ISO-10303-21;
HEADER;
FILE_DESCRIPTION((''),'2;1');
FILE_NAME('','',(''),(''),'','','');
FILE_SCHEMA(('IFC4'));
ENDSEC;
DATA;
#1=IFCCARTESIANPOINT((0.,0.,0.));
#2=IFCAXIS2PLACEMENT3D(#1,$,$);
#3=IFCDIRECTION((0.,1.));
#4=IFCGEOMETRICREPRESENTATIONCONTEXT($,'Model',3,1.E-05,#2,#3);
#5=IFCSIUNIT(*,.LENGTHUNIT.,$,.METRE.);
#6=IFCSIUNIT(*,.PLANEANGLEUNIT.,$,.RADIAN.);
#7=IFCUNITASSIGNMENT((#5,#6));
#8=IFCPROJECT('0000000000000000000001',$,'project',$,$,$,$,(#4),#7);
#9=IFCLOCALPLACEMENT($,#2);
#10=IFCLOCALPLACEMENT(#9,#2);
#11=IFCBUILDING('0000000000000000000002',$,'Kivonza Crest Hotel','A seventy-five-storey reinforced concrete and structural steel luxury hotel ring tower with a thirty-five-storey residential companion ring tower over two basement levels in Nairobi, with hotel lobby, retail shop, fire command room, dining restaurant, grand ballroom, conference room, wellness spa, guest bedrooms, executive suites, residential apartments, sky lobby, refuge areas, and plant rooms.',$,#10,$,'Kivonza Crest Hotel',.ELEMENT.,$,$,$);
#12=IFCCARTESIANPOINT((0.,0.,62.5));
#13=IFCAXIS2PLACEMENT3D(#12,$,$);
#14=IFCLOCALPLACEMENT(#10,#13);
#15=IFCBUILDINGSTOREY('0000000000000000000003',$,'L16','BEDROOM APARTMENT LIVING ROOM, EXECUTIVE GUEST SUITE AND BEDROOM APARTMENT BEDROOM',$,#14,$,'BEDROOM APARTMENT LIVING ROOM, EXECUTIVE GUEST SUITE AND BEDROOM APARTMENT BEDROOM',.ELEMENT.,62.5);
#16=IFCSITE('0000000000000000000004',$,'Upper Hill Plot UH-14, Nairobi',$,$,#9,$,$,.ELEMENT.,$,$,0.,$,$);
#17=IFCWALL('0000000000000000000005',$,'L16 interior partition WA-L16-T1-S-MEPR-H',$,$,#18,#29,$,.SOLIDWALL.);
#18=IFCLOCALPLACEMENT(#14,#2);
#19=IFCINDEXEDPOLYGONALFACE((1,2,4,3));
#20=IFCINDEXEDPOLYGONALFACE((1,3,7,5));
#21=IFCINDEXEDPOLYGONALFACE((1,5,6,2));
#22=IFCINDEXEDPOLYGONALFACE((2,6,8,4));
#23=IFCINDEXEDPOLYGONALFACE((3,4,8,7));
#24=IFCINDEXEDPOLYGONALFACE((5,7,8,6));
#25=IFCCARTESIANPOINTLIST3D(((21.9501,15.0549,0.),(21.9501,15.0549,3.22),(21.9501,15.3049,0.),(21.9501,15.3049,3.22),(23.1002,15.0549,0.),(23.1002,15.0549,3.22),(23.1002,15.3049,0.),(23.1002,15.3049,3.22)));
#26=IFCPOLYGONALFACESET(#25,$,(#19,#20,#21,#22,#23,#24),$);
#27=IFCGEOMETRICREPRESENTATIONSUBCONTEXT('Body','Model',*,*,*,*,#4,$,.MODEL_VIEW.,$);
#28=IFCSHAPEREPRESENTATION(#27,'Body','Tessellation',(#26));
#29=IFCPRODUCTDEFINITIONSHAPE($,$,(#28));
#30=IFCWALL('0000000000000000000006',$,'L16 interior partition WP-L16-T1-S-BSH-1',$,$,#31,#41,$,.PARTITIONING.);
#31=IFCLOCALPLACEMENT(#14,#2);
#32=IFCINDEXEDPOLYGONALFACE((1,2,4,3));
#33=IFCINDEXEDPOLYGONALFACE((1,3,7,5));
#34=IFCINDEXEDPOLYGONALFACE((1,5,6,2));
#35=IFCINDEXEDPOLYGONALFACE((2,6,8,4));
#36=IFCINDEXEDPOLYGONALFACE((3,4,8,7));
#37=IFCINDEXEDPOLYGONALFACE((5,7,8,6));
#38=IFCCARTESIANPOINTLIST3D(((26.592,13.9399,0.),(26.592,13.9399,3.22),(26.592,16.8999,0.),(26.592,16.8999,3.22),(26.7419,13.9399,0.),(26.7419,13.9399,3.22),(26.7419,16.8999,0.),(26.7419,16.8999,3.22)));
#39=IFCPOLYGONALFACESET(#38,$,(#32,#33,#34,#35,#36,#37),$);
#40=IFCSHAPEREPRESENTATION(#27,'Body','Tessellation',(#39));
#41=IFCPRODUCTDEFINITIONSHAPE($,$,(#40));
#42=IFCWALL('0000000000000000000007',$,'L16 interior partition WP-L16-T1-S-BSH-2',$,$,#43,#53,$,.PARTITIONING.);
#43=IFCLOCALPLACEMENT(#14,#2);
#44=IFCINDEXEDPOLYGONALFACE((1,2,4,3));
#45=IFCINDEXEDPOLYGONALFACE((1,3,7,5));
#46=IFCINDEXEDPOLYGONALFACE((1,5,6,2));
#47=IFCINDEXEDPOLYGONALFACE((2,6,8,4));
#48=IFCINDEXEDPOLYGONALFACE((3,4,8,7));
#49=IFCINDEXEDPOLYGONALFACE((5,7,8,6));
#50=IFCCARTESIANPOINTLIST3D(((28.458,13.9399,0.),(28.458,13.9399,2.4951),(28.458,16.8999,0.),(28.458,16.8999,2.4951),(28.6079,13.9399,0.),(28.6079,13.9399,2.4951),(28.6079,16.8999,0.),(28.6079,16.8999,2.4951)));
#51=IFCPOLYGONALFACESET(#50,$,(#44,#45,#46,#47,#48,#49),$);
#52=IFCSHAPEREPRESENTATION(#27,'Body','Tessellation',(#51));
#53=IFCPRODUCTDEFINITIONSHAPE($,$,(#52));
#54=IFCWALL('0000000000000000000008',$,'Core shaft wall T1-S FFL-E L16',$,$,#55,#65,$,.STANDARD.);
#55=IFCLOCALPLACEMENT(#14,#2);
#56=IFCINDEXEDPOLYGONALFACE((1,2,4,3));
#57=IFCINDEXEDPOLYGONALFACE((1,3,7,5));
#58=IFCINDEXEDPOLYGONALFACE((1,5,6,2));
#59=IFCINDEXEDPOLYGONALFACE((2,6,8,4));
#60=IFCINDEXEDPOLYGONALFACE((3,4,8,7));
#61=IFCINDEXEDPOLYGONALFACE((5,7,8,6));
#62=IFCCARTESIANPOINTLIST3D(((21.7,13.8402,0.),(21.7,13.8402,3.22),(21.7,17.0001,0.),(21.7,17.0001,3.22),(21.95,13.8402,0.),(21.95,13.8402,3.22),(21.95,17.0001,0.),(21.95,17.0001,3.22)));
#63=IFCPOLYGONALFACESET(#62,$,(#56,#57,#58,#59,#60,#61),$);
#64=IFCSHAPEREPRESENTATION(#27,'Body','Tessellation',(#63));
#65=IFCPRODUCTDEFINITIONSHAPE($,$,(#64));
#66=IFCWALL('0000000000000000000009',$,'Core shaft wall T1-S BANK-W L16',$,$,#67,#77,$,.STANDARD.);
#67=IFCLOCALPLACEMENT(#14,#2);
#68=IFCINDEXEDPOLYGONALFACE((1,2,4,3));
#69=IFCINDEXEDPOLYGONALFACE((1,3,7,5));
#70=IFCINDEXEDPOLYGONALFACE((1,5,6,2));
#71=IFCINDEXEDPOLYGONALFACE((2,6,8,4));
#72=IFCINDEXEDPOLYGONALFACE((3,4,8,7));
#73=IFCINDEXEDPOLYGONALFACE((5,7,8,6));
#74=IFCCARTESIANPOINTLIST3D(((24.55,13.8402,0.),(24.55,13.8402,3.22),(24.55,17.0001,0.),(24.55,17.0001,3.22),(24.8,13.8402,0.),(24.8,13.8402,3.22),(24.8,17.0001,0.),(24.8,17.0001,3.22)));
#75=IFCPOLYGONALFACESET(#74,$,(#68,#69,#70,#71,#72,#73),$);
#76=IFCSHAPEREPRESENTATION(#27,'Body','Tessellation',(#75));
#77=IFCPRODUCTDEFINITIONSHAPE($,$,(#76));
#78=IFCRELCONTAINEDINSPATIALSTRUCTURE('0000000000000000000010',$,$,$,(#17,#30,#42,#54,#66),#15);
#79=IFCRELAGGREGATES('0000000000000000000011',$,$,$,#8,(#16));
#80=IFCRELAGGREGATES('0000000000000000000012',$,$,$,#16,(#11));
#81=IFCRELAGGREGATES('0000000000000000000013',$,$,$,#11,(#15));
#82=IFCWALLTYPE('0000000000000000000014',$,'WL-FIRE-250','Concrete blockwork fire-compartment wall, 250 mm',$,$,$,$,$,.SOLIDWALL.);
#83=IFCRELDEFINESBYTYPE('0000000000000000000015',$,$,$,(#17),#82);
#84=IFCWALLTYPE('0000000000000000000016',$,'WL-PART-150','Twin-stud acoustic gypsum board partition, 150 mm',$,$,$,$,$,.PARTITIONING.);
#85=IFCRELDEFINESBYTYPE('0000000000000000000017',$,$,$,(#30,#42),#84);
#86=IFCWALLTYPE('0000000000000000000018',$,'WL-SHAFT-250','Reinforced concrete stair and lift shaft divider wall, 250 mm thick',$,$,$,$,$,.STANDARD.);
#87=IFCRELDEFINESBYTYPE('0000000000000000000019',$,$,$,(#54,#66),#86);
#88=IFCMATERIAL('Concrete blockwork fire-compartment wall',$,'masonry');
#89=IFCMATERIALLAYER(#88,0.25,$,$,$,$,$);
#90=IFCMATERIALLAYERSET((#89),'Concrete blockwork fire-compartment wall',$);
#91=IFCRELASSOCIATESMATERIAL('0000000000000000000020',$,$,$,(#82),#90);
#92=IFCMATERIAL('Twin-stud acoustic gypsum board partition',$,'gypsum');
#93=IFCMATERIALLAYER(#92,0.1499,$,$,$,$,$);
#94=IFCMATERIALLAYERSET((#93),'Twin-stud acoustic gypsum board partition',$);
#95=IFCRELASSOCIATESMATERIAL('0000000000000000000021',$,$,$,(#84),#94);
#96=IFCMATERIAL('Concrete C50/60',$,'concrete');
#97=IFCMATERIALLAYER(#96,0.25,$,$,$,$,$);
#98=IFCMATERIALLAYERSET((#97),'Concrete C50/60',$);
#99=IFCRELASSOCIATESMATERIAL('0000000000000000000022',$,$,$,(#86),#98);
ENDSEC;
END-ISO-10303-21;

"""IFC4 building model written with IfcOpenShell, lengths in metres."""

from ifc_helpers import new_model, si_unit, direction, frame, frame_2d, origin, place, context, subcontext, project, spatial, rectangle, extrude, material, layer, layer_set, type_object, element, save


model = new_model("IFC4")

# Units and contexts
model_context = context("Model", 3, precision=1e-05, world=origin(), true_north=direction((0.0, 1.0)))
body_context = subcontext(model_context, "Body", "Model", "MODEL_VIEW")
ifc_project = project(units=[si_unit("LENGTHUNIT", "METRE"), si_unit("PLANEANGLEUNIT", "RADIAN")], contexts=[model_context])

# Site, building, storey
site_placement = place(None, origin())
site = spatial("IfcSite", under=ifc_project, at=site_placement, Name="Upper Hill Plot UH-14, Nairobi", CompositionType="ELEMENT", RefElevation=0.0)
building_placement = place(site_placement, origin())
building = spatial("IfcBuilding", under=site, at=building_placement, Name="Kivonza Crest Hotel", Description="A seventy-five-storey reinforced concrete and structural steel luxury hotel ring tower with a thirty-five-storey residential companion ring tower over two basement levels in Nairobi, with hotel lobby, retail shop, fire command room, dining restaurant, grand ballroom, conference room, wellness spa, guest bedrooms, executive suites, residential apartments, sky lobby, refuge areas, and plant rooms.", LongName="Kivonza Crest Hotel", CompositionType="ELEMENT")
storey_placement = place(building_placement, frame((0.0, 0.0, 62.5)))
storey = spatial("IfcBuildingStorey", under=building, at=storey_placement, Name="L16", Description="BEDROOM APARTMENT LIVING ROOM, EXECUTIVE GUEST SUITE AND BEDROOM APARTMENT BEDROOM", LongName="BEDROOM APARTMENT LIVING ROOM, EXECUTIVE GUEST SUITE AND BEDROOM APARTMENT BEDROOM", CompositionType="ELEMENT", Elevation=62.5)

# Walls
ifc_material_1 = material(Name="Concrete blockwork fire-compartment wall", Category="masonry")
ifc_layer_1 = layer(ifc_material_1, 0.25)
ifc_layer_set_1 = layer_set([ifc_layer_1], Name="Concrete blockwork fire-compartment wall")
wall_type_1 = type_object("IfcWallType", Name="WL-FIRE-250", Description="Concrete blockwork fire-compartment wall, 250 mm", PredefinedType="SOLIDWALL", material=ifc_layer_set_1)
wall_1_placement = place(storey_placement, frame((21.95, 15.1799, 0.0), z_axis=(0.0, 0.0, 1.0), x_axis=(1.0, 0.0, 0.0)))
element("IfcWall", 1, at=wall_1_placement, inside=storey, type_object=wall_type_1, Name="L16 interior partition WA-L16-T1-S-MEPR-H", PredefinedType="SOLIDWALL", context=body_context, shape_type="SweptSolid", body=[
    extrude(rectangle(XDim=1.1501, YDim=0.25, at=frame_2d((0.5752, 0.0))), origin(), (0.0, 0.0, 1.0), 3.22),
])
ifc_material_2 = material(Name="Twin-stud acoustic gypsum board partition", Category="gypsum")
ifc_layer_2 = layer(ifc_material_2, 0.1499)
ifc_layer_set_2 = layer_set([ifc_layer_2], Name="Twin-stud acoustic gypsum board partition")
wall_type_2 = type_object("IfcWallType", Name="WL-PART-150", Description="Twin-stud acoustic gypsum board partition, 150 mm", PredefinedType="PARTITIONING", material=ifc_layer_set_2)
wall_2_placement = place(storey_placement, frame((26.667, 13.9399, 0.0), z_axis=(0.0, 0.0, 1.0), x_axis=(0.0, 1.0, 0.0)))
element("IfcWall", 2, at=wall_2_placement, inside=storey, type_object=wall_type_2, Name="L16 interior partition WP-L16-T1-S-BSH-1", PredefinedType="PARTITIONING", context=body_context, shape_type="SweptSolid", body=[
    extrude(rectangle(XDim=2.96, YDim=0.1499, at=frame_2d((1.48, 0.0))), origin(), (0.0, 0.0, 1.0), 3.22),
])
wall_3_placement = place(storey_placement, frame((28.533, 13.9399, 0.0), z_axis=(0.0, 0.0, 1.0), x_axis=(0.0, 1.0, 0.0)))
element("IfcWall", 3, at=wall_3_placement, inside=storey, type_object=wall_type_2, Name="L16 interior partition WP-L16-T1-S-BSH-2", PredefinedType="PARTITIONING", context=body_context, shape_type="SweptSolid", body=[
    extrude(rectangle(XDim=2.96, YDim=0.1499, at=frame_2d((1.48, 0.0))), origin(), (0.0, 0.0, 1.0), 2.4951),
])

# Shared definitions
ifc_material_3 = material(Name="Concrete C50/60", Category="concrete")
ifc_layer_3 = layer(ifc_material_3, 0.25)
ifc_layer_set_3 = layer_set([ifc_layer_3], Name="Concrete C50/60")
wall_type_3 = type_object("IfcWallType", Name="WL-SHAFT-250", Description="Reinforced concrete stair and lift shaft divider wall, 250 mm thick", PredefinedType="STANDARD", material=ifc_layer_set_3)

# Walls
for number, where, z_axis, x_axis, name in (
    (4, (21.825, 13.8401, 0.0), (0.0, 0.0, 1.0), (0.0, 1.0, 0.0), "Core shaft wall T1-S FFL-E L16"),
    (5, (24.675, 13.8401, 0.0), (0.0, 0.0, 1.0), (0.0, 1.0, 0.0), "Core shaft wall T1-S BANK-W L16"),
):
    element("IfcWall", number, at=place(storey_placement, frame(where, z_axis=z_axis, x_axis=x_axis)), inside=storey, type_object=wall_type_3, Name=name, PredefinedType="STANDARD", context=body_context, shape_type="SweptSolid", body=[
        extrude(rectangle(XDim=3.1599, YDim=0.25, at=frame_2d((1.5801, 0.0))), origin(), (0.0, 0.0, 1.0), 3.22),
    ])

save(model, "model.ifc")
